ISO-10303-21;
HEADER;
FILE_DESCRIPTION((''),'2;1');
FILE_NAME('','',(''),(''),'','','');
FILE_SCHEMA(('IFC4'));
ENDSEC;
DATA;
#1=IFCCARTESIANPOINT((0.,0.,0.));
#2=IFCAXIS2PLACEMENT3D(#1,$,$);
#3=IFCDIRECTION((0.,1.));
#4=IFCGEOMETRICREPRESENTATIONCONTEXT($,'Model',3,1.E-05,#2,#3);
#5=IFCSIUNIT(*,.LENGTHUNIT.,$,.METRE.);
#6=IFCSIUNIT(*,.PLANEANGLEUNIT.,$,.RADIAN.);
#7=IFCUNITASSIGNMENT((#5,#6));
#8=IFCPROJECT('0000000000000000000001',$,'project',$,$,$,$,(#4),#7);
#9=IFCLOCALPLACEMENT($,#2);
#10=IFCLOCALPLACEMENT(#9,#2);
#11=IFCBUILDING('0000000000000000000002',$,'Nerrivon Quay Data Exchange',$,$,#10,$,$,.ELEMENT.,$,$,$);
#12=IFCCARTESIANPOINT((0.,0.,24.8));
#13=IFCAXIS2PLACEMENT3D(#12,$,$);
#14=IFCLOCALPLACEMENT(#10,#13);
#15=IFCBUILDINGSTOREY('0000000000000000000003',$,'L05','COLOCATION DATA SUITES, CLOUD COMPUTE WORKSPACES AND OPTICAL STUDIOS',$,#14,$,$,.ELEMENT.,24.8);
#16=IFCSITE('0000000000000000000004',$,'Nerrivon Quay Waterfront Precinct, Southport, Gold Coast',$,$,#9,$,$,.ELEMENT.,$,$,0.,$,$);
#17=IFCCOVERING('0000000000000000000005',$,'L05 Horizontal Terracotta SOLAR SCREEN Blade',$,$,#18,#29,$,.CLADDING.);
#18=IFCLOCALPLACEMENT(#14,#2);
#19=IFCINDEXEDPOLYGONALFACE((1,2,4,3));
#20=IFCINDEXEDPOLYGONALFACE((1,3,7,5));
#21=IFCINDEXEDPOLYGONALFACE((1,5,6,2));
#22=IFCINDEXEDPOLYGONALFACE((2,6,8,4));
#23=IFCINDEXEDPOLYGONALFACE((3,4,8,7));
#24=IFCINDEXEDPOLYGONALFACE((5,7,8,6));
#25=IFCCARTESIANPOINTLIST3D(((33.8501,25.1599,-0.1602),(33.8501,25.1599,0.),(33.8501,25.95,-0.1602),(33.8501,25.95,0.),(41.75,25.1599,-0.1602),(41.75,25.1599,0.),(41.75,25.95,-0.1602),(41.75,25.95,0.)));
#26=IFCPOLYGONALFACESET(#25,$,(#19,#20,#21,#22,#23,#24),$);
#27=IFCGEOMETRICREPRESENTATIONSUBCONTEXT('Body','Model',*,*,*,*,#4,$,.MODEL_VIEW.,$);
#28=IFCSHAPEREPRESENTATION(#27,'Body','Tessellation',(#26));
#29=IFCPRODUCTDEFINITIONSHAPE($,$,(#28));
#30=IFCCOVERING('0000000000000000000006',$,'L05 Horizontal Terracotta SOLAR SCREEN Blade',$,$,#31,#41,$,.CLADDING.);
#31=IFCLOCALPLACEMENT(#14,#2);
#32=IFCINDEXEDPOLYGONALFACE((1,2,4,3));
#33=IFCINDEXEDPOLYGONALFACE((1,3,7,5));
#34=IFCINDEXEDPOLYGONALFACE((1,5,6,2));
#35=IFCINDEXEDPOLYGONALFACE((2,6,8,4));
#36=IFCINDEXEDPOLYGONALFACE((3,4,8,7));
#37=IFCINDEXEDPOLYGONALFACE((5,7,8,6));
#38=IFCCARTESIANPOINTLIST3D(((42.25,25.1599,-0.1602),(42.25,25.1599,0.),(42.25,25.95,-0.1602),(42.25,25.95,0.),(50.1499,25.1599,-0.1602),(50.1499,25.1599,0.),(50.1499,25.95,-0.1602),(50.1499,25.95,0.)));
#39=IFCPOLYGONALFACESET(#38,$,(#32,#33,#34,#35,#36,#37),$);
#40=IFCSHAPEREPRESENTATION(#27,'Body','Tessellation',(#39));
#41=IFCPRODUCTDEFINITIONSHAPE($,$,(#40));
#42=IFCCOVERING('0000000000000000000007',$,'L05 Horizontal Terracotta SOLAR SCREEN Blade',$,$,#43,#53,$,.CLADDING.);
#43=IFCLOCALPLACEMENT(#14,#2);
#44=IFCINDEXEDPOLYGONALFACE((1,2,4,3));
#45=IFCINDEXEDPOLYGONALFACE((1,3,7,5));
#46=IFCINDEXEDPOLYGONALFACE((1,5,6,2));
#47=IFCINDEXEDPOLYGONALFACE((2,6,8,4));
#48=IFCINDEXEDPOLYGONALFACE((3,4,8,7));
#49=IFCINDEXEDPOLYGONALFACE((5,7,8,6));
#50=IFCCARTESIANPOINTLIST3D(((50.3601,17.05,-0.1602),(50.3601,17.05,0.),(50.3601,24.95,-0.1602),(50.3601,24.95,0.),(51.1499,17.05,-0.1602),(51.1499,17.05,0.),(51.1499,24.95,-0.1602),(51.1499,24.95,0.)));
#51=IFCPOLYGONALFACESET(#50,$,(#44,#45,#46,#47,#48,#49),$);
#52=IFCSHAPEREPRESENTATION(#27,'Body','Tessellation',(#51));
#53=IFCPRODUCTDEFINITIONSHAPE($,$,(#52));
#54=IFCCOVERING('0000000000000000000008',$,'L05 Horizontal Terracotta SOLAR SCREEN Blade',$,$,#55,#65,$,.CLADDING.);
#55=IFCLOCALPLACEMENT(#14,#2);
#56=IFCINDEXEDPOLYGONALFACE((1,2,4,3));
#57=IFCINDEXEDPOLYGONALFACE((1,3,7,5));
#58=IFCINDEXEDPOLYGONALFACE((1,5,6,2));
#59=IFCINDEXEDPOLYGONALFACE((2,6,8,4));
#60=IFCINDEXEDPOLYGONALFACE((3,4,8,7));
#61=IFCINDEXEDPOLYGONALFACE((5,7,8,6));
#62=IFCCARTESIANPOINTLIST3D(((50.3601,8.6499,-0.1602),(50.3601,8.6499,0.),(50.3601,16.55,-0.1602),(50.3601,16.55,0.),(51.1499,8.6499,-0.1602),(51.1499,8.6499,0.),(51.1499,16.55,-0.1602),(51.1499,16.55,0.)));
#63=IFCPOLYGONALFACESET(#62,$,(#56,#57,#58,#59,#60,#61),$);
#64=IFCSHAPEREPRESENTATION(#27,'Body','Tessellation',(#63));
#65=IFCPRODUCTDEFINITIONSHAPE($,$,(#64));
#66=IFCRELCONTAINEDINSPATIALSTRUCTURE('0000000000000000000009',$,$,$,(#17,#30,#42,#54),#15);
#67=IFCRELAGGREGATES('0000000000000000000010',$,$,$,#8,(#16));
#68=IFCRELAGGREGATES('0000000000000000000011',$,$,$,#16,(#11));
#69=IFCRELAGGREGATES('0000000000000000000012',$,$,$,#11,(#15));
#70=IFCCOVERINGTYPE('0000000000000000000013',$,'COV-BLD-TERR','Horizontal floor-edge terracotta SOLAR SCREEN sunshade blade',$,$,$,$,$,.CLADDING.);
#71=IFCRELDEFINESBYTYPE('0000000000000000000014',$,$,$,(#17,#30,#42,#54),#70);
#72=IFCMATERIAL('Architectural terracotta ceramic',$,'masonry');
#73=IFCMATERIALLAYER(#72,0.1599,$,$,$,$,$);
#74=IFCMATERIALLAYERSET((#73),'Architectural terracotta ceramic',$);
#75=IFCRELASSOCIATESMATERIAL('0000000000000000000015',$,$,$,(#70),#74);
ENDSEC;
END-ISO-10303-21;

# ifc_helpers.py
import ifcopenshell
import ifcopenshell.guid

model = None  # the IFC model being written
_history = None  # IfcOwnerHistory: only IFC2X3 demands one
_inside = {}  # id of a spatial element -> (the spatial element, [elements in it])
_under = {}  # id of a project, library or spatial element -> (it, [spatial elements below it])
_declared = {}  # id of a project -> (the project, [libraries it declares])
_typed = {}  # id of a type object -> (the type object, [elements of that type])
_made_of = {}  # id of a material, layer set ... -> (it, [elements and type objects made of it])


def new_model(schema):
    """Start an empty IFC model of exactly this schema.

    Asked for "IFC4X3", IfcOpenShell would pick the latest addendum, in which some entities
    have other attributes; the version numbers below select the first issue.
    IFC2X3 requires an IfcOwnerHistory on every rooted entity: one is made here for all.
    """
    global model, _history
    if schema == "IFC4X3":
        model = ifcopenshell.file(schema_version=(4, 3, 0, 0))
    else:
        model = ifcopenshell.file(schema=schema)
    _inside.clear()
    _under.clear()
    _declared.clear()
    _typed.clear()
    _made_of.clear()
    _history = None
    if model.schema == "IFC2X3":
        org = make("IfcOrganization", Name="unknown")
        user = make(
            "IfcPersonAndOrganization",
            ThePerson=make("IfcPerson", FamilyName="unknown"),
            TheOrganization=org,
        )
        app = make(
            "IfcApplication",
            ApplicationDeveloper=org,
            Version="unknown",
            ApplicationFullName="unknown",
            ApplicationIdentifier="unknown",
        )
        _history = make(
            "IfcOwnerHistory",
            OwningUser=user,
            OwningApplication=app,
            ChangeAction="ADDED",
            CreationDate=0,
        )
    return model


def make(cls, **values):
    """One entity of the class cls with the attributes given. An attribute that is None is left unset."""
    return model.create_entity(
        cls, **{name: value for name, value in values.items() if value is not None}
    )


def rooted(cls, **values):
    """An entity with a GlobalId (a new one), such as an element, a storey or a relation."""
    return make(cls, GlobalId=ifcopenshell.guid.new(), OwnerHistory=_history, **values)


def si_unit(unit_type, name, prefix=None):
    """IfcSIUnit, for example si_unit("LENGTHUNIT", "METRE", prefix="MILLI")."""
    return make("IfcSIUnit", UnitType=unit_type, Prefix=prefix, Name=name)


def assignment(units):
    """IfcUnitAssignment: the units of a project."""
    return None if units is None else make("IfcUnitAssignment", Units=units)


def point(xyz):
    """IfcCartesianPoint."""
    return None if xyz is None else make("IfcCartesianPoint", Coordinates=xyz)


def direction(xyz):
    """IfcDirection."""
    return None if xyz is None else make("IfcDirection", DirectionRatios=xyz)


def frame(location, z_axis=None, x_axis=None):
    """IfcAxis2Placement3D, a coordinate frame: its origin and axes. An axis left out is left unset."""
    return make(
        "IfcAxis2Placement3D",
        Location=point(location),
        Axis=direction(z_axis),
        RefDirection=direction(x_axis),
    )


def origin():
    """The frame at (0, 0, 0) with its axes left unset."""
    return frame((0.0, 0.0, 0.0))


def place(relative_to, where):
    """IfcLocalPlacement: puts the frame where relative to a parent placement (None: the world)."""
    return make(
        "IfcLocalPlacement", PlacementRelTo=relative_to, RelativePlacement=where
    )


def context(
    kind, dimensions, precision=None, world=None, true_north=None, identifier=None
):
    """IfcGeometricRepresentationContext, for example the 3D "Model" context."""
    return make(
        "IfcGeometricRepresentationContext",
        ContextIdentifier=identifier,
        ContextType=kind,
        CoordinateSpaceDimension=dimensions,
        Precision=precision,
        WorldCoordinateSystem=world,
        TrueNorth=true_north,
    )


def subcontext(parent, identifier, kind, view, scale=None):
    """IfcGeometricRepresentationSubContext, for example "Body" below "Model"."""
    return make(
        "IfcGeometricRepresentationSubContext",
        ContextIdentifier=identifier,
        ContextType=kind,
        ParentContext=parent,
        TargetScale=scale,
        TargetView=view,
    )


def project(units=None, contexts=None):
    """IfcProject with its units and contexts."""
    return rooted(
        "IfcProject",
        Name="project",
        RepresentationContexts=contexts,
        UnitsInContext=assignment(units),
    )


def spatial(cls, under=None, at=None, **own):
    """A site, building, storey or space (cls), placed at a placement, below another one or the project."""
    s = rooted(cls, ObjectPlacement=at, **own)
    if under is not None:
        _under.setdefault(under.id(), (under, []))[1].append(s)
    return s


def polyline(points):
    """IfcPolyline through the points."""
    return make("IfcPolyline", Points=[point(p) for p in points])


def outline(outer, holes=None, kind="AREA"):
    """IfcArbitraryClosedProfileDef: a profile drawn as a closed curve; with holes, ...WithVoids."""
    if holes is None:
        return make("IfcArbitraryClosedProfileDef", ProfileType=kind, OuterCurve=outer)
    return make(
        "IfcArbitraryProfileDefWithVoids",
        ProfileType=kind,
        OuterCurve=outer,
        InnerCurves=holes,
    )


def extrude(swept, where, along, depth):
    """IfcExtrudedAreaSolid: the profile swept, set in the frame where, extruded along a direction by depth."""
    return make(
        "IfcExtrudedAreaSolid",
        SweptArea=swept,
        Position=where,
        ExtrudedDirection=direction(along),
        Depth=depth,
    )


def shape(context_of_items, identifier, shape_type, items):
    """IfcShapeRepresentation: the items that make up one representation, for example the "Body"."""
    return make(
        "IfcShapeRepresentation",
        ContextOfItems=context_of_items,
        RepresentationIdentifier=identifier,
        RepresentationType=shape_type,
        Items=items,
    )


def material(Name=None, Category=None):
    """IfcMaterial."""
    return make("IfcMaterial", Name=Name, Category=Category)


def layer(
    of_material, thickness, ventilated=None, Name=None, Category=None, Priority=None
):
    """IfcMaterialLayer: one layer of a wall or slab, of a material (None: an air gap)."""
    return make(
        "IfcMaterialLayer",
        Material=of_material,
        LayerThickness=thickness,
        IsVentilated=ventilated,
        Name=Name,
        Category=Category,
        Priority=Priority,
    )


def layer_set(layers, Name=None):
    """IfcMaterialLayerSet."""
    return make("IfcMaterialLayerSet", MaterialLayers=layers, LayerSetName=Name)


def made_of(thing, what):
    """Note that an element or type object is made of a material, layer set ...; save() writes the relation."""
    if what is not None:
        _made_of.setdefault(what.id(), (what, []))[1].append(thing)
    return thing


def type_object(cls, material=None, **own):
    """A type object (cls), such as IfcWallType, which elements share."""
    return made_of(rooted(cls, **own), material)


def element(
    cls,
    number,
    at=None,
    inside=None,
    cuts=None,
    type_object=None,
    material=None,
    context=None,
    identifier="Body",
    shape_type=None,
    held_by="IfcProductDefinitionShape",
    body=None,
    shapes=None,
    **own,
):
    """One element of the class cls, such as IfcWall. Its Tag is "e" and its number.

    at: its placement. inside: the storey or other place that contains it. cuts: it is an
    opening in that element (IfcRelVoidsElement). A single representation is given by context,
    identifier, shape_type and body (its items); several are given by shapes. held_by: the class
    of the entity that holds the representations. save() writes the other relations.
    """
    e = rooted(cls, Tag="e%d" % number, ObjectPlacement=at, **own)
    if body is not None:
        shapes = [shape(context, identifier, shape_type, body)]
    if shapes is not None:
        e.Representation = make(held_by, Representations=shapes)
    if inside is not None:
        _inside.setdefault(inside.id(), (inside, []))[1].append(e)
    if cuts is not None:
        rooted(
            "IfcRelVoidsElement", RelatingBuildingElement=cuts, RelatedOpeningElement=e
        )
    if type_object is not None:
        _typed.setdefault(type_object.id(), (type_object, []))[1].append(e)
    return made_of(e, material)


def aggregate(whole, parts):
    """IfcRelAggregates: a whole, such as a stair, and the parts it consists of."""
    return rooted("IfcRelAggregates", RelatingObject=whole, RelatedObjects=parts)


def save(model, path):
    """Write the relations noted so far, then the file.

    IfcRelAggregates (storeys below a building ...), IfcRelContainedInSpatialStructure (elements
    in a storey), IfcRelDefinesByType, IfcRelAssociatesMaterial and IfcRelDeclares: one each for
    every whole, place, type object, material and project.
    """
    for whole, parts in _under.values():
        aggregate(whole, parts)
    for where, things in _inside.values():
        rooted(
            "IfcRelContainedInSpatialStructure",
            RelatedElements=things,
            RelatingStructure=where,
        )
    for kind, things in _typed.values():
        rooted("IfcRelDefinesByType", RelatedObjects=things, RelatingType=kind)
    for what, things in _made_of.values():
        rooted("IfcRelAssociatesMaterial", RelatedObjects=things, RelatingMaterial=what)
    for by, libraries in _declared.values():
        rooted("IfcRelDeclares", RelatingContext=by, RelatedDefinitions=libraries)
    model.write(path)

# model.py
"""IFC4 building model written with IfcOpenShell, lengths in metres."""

from ifc_helpers import new_model, si_unit, direction, frame, origin, place, context, subcontext, project, spatial, polyline, outline, extrude, material, layer, layer_set, type_object, element, save


model = new_model("IFC4")

# Units and contexts
model_context = context("Model", 3, precision=1e-05, world=origin(), true_north=direction((0.0, 1.0)))
body_context = subcontext(model_context, "Body", "Model", "MODEL_VIEW")
ifc_project = project(units=[si_unit("LENGTHUNIT", "METRE"), si_unit("PLANEANGLEUNIT", "RADIAN")], contexts=[model_context])

# Site, building, storey
site_placement = place(None, origin())
site = spatial("IfcSite", under=ifc_project, at=site_placement, Name="Nerrivon Quay Waterfront Precinct, Southport, Gold Coast", CompositionType="ELEMENT", RefElevation=0.0)
building_placement = place(site_placement, origin())
building = spatial("IfcBuilding", under=site, at=building_placement, Name="Nerrivon Quay Data Exchange", CompositionType="ELEMENT")
storey_placement = place(building_placement, frame((0.0, 0.0, 24.8)))
storey = spatial("IfcBuildingStorey", under=building, at=storey_placement, Name="L05", Description="COLOCATION DATA SUITES, CLOUD COMPUTE WORKSPACES AND OPTICAL STUDIOS", CompositionType="ELEMENT", Elevation=24.8)

# Coverings
ifc_material_1 = material(Name="Architectural terracotta ceramic", Category="masonry")
ifc_layer_1 = layer(ifc_material_1, 0.1599)
ifc_layer_set_1 = layer_set([ifc_layer_1], Name="Architectural terracotta ceramic")
covering_type = type_object("IfcCoveringType", Name="COV-BLD-TERR", Description="Horizontal floor-edge terracotta SOLAR SCREEN sunshade blade", PredefinedType="CLADDING", material=ifc_layer_set_1)
covering_1_placement = place(storey_placement, frame((0.0, 0.0, -0.1602)))
element("IfcCovering", 1, at=covering_1_placement, inside=storey, type_object=covering_type, Name="L05 Horizontal Terracotta SOLAR SCREEN Blade", PredefinedType="CLADDING", context=body_context, shape_type="SweptSolid", body=[
    extrude(outline(polyline([(33.8501, 25.1599), (41.75, 25.1599), (41.75, 25.95), (33.8501, 25.95), (33.8501, 25.1599)])), origin(), (0.0, 0.0, 1.0), 0.1602),
])
covering_2_placement = place(storey_placement, frame((0.0, 0.0, -0.1602)))
element("IfcCovering", 2, at=covering_2_placement, inside=storey, type_object=covering_type, Name="L05 Horizontal Terracotta SOLAR SCREEN Blade", PredefinedType="CLADDING", context=body_context, shape_type="SweptSolid", body=[
    extrude(outline(polyline([(42.25, 25.1599), (50.1499, 25.1599), (50.1499, 25.95), (42.25, 25.95), (42.25, 25.1599)])), origin(), (0.0, 0.0, 1.0), 0.1602),
])
covering_3_placement = place(storey_placement, frame((0.0, 0.0, -0.1602)))
element("IfcCovering", 3, at=covering_3_placement, inside=storey, type_object=covering_type, Name="L05 Horizontal Terracotta SOLAR SCREEN Blade", PredefinedType="CLADDING", context=body_context, shape_type="SweptSolid", body=[
    extrude(outline(polyline([(50.3601, 24.95), (50.3601, 17.05), (51.1499, 17.05), (51.1499, 24.95), (50.3601, 24.95)])), origin(), (0.0, 0.0, 1.0), 0.1602),
])
covering_4_placement = place(storey_placement, frame((0.0, 0.0, -0.1602)))
element("IfcCovering", 4, at=covering_4_placement, inside=storey, type_object=covering_type, Name="L05 Horizontal Terracotta SOLAR SCREEN Blade", PredefinedType="CLADDING", context=body_context, shape_type="SweptSolid", body=[
    extrude(outline(polyline([(50.3601, 16.55), (50.3601, 8.6499), (51.1499, 8.6499), (51.1499, 16.55), (50.3601, 16.55)])), origin(), (0.0, 0.0, 1.0), 0.1602),
])

save(model, "model.ifc")
